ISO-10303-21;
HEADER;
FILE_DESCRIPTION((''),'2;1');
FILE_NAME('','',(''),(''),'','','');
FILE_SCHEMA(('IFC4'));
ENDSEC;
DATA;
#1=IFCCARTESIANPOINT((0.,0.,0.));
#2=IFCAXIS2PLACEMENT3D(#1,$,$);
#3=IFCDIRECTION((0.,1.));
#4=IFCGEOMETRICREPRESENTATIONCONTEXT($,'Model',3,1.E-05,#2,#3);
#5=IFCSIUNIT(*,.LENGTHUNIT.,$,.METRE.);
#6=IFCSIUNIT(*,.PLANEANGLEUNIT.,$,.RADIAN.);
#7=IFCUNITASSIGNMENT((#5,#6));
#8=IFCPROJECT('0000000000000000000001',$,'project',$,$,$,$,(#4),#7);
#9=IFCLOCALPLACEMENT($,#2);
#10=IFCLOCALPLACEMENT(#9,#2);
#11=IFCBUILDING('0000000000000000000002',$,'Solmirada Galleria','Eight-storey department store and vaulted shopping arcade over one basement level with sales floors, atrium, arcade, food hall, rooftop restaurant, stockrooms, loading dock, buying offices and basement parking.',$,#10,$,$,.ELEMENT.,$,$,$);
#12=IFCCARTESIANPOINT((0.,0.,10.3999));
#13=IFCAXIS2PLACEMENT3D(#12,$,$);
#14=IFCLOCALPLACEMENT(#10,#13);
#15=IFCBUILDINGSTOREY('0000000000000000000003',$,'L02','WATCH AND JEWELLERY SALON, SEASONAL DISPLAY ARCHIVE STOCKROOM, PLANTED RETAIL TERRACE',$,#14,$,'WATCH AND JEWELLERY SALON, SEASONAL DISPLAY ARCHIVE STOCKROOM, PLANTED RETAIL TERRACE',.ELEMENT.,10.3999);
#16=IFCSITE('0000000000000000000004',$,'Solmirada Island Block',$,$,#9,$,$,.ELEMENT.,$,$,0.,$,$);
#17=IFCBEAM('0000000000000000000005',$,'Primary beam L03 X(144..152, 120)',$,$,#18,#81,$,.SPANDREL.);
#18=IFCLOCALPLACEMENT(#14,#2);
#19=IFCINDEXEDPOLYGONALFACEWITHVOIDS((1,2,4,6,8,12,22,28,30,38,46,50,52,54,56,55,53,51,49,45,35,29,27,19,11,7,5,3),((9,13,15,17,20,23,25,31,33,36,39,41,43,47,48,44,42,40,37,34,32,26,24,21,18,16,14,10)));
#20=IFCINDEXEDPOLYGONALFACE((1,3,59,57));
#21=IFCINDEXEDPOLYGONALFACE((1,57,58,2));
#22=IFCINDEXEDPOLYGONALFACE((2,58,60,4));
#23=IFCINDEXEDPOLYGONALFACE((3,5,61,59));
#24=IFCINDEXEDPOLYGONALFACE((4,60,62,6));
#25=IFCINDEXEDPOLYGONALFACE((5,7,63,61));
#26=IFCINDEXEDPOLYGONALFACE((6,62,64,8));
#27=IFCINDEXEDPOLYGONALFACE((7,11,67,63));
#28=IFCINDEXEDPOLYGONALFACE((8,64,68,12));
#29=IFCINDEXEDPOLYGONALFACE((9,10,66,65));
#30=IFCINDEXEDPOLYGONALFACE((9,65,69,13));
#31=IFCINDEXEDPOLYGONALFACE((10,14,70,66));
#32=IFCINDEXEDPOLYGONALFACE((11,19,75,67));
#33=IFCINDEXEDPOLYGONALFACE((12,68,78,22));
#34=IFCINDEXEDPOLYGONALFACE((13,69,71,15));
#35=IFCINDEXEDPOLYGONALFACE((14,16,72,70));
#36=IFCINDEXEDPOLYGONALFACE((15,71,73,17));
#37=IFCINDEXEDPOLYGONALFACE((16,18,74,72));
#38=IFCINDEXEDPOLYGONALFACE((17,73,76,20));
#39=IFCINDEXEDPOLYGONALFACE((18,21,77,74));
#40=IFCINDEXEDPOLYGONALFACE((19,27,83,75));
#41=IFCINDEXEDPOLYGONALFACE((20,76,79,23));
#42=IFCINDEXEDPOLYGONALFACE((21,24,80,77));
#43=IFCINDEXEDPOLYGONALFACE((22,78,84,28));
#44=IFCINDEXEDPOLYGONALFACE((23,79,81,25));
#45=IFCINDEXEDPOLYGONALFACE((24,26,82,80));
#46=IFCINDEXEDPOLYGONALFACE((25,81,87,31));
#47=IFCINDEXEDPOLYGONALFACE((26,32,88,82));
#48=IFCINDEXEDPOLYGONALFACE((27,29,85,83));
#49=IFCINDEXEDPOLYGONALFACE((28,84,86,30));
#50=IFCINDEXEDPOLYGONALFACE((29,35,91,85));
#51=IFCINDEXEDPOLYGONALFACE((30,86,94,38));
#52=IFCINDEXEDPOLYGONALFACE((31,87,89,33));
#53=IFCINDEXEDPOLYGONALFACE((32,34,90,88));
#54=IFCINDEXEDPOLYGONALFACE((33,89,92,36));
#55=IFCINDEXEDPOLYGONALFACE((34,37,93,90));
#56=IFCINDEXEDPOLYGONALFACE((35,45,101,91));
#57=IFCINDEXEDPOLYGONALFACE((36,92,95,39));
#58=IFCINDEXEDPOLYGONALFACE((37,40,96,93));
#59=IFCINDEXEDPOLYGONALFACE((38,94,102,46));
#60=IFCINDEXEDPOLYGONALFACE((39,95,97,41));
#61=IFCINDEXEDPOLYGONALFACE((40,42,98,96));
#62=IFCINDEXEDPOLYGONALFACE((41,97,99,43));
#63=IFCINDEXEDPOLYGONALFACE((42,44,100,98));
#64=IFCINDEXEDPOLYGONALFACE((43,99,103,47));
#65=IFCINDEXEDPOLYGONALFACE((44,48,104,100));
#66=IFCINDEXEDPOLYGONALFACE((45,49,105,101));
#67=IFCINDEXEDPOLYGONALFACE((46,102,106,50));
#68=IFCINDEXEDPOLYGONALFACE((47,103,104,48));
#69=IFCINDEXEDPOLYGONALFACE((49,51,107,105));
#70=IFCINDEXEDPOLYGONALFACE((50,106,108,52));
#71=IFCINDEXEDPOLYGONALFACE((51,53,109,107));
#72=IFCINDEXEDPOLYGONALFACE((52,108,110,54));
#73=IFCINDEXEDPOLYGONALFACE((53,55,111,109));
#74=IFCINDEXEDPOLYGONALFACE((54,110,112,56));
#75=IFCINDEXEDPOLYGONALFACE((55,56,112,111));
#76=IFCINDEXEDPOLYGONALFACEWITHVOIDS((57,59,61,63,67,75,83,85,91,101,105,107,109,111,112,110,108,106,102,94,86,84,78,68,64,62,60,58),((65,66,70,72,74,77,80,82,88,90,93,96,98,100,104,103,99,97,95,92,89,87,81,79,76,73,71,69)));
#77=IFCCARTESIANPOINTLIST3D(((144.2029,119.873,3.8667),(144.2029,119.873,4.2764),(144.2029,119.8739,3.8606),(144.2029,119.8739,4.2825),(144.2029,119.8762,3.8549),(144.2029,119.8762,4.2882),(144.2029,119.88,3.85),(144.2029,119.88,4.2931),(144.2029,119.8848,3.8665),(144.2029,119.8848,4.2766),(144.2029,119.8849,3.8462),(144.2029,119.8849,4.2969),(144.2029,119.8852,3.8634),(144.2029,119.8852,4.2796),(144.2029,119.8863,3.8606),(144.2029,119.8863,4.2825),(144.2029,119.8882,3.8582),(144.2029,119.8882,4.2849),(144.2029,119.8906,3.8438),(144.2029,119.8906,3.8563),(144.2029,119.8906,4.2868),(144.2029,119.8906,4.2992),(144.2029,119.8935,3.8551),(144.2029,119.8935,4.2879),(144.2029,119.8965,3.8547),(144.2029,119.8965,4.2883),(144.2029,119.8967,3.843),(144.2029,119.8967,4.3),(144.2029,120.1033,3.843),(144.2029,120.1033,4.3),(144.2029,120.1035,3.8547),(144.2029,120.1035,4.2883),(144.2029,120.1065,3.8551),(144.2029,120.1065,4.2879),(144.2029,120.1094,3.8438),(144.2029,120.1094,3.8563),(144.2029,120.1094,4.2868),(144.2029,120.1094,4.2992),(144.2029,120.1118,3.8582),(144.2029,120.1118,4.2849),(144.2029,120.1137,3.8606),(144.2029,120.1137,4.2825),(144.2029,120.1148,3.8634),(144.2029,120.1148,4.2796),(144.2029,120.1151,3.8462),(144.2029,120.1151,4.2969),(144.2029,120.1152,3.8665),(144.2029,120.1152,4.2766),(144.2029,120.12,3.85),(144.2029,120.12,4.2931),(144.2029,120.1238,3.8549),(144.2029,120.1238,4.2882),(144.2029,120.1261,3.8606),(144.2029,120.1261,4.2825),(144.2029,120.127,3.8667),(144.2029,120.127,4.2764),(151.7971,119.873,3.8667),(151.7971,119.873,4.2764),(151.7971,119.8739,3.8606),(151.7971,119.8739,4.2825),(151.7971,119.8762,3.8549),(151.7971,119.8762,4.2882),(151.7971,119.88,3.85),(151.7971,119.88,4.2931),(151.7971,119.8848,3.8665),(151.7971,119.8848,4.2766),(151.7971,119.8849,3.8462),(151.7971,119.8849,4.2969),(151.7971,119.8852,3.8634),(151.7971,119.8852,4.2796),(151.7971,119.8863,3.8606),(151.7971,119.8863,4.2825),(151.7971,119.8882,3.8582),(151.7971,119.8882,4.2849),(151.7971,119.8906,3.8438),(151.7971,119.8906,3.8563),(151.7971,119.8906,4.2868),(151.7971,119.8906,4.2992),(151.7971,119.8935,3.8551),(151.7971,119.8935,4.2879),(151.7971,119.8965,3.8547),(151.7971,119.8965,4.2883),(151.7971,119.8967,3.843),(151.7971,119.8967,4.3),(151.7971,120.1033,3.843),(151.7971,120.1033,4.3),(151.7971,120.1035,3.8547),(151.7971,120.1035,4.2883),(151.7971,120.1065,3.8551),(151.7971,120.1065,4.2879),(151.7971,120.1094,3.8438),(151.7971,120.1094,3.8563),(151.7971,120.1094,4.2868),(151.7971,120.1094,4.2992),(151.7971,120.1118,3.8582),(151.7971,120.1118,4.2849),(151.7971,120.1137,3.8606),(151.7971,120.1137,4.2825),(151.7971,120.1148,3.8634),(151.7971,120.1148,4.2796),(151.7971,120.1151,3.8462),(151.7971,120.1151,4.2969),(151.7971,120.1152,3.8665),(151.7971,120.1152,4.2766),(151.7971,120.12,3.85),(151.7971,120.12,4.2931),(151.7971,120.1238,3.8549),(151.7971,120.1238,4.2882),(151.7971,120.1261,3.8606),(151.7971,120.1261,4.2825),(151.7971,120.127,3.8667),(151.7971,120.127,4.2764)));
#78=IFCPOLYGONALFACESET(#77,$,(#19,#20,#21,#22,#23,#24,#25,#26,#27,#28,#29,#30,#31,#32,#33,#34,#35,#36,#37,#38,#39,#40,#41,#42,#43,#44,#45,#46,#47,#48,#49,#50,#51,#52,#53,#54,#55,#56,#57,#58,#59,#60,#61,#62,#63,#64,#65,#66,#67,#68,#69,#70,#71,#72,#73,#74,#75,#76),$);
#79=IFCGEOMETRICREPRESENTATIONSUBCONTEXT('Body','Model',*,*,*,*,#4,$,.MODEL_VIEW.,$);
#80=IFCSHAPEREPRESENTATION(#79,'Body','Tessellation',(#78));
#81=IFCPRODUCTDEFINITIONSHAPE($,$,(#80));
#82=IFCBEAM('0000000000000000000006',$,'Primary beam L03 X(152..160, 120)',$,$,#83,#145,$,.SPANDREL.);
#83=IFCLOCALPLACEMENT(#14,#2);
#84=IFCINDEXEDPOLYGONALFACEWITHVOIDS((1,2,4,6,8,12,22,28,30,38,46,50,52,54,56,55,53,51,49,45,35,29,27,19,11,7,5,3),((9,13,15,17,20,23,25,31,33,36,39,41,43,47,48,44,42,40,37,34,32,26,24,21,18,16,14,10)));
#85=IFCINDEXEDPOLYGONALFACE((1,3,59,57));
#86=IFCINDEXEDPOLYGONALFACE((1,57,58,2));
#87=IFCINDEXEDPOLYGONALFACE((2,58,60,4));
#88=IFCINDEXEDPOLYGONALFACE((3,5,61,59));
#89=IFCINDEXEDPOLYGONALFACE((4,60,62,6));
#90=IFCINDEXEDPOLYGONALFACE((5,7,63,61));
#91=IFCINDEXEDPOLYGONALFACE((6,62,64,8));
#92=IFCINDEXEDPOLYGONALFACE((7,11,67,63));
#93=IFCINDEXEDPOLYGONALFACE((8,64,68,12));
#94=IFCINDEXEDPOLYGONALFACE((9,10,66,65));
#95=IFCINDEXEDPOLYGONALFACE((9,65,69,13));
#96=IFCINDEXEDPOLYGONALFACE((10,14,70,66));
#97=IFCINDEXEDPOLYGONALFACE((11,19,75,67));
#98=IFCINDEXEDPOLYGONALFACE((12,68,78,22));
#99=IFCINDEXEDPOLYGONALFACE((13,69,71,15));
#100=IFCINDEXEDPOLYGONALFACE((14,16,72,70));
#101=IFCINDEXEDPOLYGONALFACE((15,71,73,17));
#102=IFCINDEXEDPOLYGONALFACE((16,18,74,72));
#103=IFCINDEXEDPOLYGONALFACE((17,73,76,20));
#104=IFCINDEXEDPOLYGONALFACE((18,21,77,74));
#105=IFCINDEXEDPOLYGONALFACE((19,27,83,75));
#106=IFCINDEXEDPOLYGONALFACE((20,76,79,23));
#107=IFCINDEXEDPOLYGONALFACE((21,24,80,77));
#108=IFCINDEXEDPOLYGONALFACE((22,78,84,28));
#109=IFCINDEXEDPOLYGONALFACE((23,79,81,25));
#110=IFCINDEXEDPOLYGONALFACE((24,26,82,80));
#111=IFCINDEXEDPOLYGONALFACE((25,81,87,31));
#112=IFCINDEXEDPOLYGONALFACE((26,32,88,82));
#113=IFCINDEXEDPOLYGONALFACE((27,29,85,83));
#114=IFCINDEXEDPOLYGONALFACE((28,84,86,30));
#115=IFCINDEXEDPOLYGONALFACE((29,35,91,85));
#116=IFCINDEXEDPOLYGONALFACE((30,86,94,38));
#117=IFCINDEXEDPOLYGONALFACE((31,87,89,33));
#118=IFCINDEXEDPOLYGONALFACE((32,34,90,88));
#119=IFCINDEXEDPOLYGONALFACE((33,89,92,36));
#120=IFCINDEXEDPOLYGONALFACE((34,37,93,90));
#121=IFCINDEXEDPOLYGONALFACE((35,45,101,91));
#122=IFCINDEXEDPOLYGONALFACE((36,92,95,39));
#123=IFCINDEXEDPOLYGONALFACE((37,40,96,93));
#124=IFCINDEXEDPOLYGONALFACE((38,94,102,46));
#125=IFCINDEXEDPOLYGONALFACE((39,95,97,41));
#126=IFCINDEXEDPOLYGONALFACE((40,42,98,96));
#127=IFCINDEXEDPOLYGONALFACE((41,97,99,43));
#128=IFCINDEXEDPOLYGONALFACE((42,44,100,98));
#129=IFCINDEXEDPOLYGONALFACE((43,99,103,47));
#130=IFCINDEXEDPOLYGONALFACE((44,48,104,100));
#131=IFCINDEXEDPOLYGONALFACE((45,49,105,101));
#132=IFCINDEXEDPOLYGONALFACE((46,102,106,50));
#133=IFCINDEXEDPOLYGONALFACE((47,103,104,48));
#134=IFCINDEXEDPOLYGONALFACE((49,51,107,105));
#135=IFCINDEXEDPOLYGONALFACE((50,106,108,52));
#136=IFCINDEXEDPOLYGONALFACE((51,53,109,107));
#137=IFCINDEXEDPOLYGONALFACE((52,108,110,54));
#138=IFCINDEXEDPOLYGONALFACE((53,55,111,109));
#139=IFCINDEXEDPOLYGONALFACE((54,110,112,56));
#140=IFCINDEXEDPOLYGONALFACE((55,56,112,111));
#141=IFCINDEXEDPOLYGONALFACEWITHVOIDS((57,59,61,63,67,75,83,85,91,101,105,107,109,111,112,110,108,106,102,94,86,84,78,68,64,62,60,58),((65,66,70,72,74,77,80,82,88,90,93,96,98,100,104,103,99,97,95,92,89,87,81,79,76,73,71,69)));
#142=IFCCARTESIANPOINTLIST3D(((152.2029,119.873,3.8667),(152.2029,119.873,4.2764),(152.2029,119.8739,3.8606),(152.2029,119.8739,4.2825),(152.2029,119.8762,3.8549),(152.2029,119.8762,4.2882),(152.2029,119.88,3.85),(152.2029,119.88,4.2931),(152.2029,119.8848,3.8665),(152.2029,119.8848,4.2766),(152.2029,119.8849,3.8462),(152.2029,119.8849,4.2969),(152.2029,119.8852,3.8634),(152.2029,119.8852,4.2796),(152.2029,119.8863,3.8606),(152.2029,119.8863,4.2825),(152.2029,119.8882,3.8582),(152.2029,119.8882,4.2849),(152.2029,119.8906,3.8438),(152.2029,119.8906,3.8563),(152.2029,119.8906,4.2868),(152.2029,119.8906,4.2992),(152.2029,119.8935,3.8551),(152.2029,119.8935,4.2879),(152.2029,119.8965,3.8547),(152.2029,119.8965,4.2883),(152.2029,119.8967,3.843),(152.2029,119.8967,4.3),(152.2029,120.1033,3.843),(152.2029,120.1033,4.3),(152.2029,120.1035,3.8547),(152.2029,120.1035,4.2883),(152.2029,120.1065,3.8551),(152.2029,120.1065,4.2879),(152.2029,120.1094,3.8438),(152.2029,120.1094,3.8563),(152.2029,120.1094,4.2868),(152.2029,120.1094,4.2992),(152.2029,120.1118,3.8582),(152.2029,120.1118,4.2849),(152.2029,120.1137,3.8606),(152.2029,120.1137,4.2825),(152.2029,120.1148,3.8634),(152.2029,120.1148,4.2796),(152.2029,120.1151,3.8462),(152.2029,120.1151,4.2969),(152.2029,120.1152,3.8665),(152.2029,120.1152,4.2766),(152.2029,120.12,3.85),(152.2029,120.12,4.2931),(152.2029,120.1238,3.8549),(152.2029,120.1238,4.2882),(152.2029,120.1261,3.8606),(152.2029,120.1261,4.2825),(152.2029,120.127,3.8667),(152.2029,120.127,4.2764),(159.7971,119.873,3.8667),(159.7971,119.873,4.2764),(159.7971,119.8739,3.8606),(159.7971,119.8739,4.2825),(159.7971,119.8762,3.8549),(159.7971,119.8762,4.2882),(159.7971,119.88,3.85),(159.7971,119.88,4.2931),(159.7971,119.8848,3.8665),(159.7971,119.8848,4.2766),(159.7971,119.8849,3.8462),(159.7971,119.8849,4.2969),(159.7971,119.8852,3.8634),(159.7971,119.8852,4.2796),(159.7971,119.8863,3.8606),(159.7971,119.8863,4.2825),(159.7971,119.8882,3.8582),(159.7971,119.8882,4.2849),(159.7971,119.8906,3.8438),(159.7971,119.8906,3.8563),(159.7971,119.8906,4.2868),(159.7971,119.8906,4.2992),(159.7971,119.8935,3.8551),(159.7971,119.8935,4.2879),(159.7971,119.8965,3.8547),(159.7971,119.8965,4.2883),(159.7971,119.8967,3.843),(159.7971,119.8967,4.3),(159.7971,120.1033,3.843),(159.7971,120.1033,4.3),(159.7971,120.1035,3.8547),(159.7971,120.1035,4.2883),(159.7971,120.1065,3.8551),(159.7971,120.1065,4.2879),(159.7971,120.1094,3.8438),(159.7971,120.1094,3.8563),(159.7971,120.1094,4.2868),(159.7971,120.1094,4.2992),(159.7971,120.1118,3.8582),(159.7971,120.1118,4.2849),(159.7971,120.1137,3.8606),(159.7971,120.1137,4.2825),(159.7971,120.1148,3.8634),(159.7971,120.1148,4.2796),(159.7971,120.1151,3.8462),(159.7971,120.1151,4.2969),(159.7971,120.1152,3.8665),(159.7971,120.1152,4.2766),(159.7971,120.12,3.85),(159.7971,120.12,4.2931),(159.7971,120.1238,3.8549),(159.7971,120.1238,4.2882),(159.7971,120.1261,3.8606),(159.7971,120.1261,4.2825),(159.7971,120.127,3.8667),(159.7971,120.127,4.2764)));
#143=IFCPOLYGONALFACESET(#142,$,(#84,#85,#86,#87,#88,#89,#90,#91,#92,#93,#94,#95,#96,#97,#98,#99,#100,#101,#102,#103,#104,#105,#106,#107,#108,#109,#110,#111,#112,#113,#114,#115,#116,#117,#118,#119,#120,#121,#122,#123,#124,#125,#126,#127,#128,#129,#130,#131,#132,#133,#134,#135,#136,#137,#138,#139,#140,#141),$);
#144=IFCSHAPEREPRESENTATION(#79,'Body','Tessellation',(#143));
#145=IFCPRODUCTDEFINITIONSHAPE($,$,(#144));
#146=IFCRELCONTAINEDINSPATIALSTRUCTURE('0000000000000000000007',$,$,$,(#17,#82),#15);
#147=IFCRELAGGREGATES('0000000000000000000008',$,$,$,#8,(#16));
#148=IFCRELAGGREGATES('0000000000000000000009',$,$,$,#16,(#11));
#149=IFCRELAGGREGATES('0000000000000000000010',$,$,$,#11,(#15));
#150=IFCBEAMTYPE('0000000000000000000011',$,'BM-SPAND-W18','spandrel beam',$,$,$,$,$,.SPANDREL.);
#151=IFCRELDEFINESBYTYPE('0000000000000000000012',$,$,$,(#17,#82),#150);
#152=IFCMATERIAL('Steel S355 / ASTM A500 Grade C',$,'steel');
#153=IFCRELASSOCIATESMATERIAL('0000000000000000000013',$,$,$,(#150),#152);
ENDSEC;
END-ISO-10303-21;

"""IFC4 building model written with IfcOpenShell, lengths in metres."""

from ifc_helpers import new_model, si_unit, direction, frame, origin, origin_2d, place, context, subcontext, project, spatial, hollow_rectangle, extrude, material, material_profile, profile_set, type_object, element, save


model = new_model("IFC4")

# Units and contexts
model_context = context("Model", 3, precision=1e-05, world=origin(), true_north=direction((0.0, 1.0)))
body_context = subcontext(model_context, "Body", "Model", "MODEL_VIEW")
ifc_project = project(units=[si_unit("LENGTHUNIT", "METRE"), si_unit("PLANEANGLEUNIT", "RADIAN")], contexts=[model_context])

# Site, building, storey
site_placement = place(None, origin())
site = spatial("IfcSite", under=ifc_project, at=site_placement, Name="Solmirada Island Block", CompositionType="ELEMENT", RefElevation=0.0)
building_placement = place(site_placement, origin())
building = spatial("IfcBuilding", under=site, at=building_placement, Name="Solmirada Galleria", Description="Eight-storey department store and vaulted shopping arcade over one basement level with sales floors, atrium, arcade, food hall, rooftop restaurant, stockrooms, loading dock, buying offices and basement parking.", CompositionType="ELEMENT")
storey_placement = place(building_placement, frame((0.0, 0.0, 10.3999)))
storey = spatial("IfcBuildingStorey", under=building, at=storey_placement, Name="L02", Description="WATCH AND JEWELLERY SALON, SEASONAL DISPLAY ARCHIVE STOCKROOM, PLANTED RETAIL TERRACE", LongName="WATCH AND JEWELLERY SALON, SEASONAL DISPLAY ARCHIVE STOCKROOM, PLANTED RETAIL TERRACE", CompositionType="ELEMENT", Elevation=10.3999)

# Shared definitions
ifc_material_1 = material(Name="Steel S355 / ASTM A500 Grade C", Category="steel")

# Beams
ifc_material_profile_1 = material_profile(ifc_material_1, hollow_rectangle(XDim=0.2539, YDim=0.457, WallThickness=0.0117, InnerFilletRadius=0.0117, OuterFilletRadius=0.0237, at=origin_2d()), Name="HSS18X10X1/2")
ifc_profile_set_1 = profile_set([ifc_material_profile_1], Name="Steel S355 / ASTM A500 Grade C")
beam_type = type_object("IfcBeamType", Name="BM-SPAND-W18", Description="spandrel beam", PredefinedType="SPANDREL", material=ifc_profile_set_1)
for number, where, z_axis, x_axis, name in (
    (1, (144.2029, 120.0, 4.0715), (1.0, 0.0, 0.0), (0.0, 1.0, 0.0), "Primary beam L03 X(144..152, 120)"),
    (2, (152.2029, 120.0, 4.0715), (1.0, 0.0, 0.0), (0.0, 1.0, 0.0), "Primary beam L03 X(152..160, 120)"),
):
    element("IfcBeam", number, at=place(storey_placement, frame(where, z_axis=z_axis, x_axis=x_axis)), inside=storey, type_object=beam_type, Name=name, PredefinedType="SPANDREL", context=body_context, shape_type="SweptSolid", body=[
        extrude(hollow_rectangle(XDim=0.2539, YDim=0.457, WallThickness=0.0117, InnerFilletRadius=0.0117, OuterFilletRadius=0.0237, at=origin_2d()), origin(), (0.0, 0.0, 1.0), 7.5942),
    ])

save(model, "model.ifc")
